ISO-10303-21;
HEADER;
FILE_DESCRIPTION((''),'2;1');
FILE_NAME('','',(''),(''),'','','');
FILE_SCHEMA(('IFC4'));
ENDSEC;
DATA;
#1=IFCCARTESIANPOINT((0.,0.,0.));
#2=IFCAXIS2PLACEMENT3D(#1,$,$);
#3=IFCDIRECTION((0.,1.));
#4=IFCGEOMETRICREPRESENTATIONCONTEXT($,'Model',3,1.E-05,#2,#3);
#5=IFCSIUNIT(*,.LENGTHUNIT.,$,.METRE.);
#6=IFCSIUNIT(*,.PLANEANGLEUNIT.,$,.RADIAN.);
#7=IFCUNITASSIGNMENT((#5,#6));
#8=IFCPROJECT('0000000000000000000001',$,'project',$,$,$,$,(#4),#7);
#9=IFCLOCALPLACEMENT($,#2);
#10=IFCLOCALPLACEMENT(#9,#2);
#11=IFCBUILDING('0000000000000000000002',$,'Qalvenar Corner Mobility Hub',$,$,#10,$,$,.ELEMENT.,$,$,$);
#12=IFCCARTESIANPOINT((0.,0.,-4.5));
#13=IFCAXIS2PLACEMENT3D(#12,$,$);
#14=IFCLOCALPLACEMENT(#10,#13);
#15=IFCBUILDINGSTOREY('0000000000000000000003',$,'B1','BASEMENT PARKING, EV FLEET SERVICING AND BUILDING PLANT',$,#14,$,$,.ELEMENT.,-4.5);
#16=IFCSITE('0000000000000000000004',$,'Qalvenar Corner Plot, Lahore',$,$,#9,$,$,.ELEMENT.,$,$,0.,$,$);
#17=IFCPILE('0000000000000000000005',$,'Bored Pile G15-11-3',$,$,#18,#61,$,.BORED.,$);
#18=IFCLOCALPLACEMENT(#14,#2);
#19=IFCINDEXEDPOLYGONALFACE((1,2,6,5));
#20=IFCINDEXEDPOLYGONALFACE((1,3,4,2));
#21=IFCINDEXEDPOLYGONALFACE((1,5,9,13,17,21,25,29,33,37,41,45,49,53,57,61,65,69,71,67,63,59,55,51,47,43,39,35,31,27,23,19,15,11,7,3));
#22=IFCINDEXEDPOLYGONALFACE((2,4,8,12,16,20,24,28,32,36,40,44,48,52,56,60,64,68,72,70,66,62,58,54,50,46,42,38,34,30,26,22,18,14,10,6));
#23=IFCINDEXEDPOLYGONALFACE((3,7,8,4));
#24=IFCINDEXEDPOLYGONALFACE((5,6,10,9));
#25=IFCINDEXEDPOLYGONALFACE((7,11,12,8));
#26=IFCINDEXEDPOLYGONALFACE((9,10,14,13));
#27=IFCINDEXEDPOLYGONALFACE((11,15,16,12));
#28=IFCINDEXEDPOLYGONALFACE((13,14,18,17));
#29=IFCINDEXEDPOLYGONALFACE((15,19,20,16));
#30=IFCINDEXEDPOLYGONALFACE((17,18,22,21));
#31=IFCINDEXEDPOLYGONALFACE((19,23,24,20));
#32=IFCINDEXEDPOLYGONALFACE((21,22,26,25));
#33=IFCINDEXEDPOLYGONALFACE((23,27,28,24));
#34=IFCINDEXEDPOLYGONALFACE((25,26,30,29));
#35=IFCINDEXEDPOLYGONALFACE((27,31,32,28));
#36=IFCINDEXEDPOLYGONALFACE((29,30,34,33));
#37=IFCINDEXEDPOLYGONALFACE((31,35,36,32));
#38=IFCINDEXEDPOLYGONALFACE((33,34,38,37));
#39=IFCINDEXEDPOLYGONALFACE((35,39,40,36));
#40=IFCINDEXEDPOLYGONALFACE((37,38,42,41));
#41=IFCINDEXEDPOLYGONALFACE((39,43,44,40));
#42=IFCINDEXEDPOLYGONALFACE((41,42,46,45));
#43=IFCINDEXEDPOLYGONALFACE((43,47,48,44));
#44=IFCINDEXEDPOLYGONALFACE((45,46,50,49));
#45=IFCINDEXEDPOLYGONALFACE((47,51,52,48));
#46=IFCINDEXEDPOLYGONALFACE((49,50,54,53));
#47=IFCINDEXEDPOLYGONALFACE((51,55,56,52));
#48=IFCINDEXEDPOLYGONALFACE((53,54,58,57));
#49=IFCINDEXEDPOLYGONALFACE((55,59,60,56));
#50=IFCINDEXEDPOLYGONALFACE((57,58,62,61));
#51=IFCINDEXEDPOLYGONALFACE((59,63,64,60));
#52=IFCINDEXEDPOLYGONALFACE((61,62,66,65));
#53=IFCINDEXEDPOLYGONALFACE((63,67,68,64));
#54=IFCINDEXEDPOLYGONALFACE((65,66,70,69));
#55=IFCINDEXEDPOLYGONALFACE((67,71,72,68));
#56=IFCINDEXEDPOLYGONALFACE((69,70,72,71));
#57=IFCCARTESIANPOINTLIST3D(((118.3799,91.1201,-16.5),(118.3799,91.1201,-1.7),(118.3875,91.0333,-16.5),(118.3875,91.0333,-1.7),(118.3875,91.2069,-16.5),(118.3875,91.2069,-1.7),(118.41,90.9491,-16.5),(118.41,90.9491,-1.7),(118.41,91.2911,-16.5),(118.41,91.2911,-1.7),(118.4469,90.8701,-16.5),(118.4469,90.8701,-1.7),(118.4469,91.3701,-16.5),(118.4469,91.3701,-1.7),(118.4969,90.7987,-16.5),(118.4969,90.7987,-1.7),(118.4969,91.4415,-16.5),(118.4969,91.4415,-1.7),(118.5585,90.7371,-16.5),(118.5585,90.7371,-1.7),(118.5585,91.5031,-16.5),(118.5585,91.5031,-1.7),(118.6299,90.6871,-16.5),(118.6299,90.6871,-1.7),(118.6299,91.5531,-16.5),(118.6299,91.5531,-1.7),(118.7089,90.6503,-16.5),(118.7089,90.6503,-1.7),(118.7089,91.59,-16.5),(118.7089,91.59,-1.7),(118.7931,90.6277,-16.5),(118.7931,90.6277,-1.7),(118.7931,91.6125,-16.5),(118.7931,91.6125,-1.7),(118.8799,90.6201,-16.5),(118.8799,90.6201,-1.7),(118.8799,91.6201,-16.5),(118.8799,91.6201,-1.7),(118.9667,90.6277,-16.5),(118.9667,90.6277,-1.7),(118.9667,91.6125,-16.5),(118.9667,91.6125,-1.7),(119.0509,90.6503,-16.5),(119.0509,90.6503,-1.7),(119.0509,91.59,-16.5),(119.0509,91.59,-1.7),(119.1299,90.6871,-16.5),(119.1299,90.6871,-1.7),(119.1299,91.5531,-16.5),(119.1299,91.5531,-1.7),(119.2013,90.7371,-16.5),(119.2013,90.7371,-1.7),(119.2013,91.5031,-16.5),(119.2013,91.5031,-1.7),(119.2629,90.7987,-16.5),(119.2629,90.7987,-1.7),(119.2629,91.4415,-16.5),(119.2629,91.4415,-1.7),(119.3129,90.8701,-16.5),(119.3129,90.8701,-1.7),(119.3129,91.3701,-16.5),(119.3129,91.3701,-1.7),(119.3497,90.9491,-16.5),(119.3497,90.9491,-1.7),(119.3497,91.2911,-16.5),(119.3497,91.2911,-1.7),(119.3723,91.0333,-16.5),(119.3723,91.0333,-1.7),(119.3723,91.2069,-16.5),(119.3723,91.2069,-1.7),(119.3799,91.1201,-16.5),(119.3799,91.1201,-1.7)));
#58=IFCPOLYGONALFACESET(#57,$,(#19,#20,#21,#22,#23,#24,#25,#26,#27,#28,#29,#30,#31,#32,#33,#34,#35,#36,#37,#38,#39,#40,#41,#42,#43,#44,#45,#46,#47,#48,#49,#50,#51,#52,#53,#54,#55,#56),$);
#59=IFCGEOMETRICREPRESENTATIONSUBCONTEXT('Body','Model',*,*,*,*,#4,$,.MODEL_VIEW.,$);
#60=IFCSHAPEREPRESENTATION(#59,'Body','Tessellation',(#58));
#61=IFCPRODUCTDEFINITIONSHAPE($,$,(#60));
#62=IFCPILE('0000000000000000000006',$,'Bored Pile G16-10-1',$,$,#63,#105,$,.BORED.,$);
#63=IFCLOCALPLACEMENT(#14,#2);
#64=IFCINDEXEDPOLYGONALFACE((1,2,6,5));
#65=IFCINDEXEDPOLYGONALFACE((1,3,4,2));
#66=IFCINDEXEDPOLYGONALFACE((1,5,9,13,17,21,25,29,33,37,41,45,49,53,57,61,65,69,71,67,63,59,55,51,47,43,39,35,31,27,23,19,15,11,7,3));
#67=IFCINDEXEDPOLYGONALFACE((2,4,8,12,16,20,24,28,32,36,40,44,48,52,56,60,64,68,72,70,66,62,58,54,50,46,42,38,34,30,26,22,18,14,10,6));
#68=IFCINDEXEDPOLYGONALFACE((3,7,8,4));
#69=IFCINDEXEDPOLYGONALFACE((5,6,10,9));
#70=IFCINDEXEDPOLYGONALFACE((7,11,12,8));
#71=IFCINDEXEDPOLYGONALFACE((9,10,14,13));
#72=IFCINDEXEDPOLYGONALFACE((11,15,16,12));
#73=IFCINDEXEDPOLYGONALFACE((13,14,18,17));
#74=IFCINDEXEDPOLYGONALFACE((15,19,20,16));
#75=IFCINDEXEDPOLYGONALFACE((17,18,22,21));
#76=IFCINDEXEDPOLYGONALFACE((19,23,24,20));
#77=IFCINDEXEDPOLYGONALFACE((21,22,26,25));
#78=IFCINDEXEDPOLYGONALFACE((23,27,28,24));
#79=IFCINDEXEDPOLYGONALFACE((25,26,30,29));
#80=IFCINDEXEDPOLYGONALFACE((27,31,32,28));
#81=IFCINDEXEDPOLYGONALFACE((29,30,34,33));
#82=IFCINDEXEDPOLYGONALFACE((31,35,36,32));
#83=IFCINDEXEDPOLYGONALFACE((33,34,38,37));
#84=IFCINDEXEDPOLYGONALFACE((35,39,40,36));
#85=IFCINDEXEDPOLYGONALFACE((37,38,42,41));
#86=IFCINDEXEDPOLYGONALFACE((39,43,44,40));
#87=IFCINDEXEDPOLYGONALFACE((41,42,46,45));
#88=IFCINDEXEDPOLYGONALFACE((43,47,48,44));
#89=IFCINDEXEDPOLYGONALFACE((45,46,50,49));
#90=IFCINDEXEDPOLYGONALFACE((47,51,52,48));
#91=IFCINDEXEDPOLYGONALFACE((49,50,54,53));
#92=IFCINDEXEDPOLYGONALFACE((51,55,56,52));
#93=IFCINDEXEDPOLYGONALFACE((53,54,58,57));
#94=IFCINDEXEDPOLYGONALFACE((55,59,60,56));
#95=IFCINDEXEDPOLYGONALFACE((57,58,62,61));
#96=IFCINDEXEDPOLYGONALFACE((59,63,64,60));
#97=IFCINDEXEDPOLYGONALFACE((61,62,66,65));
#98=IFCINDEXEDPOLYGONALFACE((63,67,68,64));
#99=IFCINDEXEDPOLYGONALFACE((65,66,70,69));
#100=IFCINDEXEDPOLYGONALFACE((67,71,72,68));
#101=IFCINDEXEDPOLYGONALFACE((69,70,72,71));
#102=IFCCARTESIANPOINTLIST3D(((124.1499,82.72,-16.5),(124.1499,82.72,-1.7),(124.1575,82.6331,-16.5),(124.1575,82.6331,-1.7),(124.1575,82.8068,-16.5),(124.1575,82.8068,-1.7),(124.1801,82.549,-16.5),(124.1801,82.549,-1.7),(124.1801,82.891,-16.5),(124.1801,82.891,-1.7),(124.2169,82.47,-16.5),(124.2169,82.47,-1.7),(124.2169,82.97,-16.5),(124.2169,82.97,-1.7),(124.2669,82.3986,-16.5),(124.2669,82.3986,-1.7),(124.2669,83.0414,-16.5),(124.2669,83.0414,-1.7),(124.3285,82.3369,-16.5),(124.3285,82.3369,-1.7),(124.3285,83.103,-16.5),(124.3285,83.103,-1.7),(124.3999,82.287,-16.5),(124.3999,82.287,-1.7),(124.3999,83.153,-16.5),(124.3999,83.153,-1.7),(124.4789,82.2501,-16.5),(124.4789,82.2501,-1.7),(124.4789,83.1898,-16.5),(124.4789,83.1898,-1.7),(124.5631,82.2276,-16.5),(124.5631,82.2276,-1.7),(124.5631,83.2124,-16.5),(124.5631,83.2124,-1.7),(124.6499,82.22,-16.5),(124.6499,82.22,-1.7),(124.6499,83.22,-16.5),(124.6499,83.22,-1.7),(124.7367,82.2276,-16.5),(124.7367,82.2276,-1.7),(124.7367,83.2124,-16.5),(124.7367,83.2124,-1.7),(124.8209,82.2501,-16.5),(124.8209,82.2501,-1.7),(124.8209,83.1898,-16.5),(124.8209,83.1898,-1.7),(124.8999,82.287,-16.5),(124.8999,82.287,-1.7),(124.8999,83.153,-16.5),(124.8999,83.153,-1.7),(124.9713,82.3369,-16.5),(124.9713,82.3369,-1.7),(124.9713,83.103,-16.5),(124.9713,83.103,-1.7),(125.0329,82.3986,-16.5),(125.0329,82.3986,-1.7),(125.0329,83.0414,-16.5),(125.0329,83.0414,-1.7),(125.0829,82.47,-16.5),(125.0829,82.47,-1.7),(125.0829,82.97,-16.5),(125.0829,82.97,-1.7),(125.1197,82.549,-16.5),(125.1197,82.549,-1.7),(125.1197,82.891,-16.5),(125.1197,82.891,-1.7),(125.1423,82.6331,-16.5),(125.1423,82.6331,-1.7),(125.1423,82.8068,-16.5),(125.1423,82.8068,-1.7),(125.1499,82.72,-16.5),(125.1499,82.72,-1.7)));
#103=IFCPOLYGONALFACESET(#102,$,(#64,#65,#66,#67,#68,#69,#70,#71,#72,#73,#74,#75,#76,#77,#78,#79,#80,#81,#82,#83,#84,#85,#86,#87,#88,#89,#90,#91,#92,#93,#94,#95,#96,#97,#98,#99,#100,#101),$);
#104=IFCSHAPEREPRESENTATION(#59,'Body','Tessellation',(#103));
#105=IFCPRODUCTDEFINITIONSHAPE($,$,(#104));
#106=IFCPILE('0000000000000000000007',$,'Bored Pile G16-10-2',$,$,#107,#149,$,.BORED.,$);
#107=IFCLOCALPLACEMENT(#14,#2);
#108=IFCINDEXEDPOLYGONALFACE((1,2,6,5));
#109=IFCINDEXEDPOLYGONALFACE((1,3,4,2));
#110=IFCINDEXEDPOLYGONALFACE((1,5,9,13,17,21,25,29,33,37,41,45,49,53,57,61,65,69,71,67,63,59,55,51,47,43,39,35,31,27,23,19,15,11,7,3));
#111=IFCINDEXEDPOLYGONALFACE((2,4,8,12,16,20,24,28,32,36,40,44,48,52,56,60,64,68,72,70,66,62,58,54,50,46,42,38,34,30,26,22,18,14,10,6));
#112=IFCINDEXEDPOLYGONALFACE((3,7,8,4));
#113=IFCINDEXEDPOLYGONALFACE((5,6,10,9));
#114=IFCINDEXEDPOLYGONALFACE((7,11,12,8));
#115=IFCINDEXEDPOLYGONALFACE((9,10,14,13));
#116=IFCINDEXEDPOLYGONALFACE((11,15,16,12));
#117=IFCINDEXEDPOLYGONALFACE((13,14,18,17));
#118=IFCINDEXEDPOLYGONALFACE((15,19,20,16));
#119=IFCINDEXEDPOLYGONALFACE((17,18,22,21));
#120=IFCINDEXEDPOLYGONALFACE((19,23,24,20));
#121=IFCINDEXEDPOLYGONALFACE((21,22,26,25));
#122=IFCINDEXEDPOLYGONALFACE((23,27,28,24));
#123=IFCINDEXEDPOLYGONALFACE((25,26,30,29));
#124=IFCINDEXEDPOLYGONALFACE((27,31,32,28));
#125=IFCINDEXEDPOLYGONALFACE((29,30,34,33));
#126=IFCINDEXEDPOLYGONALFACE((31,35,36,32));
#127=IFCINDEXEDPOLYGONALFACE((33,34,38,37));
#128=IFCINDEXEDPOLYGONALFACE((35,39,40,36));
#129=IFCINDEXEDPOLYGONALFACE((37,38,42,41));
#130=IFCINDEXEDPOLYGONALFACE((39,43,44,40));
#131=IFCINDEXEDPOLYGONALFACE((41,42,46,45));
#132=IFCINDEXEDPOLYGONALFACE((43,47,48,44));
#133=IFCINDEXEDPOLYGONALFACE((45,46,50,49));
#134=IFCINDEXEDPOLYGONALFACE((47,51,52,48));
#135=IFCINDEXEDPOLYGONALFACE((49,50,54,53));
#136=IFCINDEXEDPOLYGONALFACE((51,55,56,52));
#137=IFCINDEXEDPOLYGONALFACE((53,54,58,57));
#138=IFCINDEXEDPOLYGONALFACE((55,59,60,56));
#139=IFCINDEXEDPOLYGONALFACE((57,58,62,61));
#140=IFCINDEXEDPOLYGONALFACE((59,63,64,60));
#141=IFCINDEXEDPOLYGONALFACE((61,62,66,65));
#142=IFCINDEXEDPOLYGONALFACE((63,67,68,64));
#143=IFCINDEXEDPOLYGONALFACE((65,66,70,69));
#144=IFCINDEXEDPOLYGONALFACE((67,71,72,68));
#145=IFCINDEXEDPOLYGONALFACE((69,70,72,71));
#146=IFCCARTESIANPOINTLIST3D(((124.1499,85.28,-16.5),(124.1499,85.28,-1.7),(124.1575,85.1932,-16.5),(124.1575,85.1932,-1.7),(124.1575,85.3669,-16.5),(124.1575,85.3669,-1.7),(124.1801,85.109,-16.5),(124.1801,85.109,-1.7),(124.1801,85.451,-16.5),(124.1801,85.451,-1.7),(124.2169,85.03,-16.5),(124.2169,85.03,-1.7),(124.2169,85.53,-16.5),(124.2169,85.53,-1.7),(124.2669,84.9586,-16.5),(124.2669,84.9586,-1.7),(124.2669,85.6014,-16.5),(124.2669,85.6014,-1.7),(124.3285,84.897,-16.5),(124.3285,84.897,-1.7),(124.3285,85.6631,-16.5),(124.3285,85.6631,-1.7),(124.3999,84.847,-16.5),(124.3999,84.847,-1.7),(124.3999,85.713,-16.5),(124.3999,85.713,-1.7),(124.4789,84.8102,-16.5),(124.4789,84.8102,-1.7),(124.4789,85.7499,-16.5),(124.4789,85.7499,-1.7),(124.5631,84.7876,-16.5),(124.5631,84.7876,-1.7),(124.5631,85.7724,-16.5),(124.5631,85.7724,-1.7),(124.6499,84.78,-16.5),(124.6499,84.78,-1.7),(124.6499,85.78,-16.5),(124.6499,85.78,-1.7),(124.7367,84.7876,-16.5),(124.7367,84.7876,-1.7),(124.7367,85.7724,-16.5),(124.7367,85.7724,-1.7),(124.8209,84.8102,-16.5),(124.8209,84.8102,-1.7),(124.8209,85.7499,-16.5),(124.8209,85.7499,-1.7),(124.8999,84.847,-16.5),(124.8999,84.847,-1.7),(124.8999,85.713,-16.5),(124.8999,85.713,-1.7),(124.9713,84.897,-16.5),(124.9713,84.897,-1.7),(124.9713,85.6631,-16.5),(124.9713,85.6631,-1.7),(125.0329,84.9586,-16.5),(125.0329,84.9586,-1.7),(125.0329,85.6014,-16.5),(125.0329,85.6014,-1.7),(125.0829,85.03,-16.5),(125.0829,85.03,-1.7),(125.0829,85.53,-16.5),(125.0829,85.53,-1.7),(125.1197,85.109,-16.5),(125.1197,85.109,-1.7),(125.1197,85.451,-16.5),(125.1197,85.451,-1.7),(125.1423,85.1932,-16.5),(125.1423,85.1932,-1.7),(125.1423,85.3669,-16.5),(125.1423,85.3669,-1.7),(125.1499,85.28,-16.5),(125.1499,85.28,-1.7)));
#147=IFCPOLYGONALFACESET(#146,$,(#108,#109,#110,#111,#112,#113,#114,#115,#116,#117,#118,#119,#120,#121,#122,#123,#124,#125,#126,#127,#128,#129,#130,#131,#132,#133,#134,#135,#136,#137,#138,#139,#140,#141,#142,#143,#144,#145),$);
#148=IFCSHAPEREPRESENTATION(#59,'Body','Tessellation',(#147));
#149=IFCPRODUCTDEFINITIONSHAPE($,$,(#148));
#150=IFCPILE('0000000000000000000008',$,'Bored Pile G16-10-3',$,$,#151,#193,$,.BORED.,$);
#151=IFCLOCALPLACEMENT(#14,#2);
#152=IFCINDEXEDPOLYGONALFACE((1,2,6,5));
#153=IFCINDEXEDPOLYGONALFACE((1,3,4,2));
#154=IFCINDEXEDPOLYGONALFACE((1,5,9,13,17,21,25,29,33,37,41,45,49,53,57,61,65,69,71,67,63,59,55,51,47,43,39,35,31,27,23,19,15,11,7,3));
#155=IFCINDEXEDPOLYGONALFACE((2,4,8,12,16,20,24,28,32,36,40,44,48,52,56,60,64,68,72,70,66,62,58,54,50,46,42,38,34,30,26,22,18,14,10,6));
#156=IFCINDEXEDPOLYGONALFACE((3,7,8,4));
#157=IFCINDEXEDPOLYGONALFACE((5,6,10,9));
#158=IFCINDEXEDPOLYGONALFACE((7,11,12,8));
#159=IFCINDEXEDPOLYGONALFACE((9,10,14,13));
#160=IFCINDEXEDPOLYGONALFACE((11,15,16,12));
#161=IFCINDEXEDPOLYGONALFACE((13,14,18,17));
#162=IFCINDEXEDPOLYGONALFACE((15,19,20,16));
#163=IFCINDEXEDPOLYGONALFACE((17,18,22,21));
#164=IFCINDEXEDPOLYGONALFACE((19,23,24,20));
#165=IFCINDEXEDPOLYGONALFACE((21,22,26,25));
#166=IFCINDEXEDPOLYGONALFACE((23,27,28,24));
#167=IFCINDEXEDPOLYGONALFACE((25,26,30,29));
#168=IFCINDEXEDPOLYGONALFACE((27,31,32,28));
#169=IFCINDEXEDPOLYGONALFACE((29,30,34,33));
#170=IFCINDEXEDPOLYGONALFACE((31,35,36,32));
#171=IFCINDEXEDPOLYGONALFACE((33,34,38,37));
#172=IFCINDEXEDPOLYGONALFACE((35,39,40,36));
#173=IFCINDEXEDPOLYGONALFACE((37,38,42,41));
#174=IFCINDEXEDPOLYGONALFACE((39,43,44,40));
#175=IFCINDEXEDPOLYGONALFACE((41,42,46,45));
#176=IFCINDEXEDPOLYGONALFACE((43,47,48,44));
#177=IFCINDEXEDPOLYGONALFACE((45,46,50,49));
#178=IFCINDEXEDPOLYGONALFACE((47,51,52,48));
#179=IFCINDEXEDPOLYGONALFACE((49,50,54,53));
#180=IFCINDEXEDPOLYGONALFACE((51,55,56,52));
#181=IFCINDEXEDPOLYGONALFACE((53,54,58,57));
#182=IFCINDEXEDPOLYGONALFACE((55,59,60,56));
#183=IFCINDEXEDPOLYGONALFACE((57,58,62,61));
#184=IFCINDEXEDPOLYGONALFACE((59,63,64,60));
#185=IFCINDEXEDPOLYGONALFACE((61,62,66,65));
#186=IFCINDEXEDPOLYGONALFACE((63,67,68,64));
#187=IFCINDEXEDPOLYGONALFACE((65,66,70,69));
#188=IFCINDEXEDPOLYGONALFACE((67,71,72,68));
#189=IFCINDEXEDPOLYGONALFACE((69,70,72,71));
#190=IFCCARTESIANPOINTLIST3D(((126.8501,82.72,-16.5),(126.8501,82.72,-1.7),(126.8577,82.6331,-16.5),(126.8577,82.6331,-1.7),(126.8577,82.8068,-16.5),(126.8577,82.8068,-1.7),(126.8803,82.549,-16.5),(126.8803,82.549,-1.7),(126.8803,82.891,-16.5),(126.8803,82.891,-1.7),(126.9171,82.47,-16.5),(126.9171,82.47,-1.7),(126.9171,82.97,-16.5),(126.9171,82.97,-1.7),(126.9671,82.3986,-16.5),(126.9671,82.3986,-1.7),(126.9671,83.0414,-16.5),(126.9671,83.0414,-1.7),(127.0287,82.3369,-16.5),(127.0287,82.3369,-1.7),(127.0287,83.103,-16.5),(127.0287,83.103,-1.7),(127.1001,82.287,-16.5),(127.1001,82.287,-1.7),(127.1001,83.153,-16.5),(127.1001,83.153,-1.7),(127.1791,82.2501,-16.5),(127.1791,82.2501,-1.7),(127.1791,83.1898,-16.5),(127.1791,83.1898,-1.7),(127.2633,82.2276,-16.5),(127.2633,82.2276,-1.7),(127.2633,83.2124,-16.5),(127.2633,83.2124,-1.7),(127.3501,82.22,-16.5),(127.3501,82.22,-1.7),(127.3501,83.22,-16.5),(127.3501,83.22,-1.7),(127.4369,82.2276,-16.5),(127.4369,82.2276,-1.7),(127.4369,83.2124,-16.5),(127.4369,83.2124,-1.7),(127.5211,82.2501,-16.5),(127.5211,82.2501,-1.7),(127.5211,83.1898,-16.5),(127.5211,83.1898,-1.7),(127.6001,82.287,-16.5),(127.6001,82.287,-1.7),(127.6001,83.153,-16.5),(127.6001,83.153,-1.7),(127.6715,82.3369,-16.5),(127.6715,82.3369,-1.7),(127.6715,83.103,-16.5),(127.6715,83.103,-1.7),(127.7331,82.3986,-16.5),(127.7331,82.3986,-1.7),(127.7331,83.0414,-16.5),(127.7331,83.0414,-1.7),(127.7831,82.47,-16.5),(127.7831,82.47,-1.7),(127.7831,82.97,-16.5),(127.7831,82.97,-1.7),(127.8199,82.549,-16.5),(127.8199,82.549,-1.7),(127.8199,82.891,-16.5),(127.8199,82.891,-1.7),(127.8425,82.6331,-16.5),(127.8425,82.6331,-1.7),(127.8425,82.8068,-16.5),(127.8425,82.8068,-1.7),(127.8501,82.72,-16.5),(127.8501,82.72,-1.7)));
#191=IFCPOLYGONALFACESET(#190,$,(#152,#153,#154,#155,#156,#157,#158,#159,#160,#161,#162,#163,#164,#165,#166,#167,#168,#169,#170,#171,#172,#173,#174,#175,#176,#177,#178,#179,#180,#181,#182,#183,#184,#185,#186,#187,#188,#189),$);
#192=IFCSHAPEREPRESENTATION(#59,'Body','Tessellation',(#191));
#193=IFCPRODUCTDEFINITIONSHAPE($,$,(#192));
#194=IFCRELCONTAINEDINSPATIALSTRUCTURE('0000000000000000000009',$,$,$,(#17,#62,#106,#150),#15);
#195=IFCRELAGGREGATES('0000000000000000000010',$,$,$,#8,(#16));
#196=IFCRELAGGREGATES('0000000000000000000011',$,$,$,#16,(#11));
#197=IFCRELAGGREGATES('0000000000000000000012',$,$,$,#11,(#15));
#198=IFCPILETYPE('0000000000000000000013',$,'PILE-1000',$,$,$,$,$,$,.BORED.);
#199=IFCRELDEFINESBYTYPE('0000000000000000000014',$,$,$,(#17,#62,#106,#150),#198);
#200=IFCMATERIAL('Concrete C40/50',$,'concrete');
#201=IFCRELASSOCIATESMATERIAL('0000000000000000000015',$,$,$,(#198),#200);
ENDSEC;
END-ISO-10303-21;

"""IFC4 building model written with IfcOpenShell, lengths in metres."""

from ifc_helpers import new_model, si_unit, direction, frame, origin, origin_2d, place, context, subcontext, project, spatial, circle, extrude, material, material_profile, profile_set, type_object, element, save


model = new_model("IFC4")

# Units and contexts
model_context = context("Model", 3, precision=1e-05, world=origin(), true_north=direction((0.0, 1.0)))
body_context = subcontext(model_context, "Body", "Model", "MODEL_VIEW")
ifc_project = project(units=[si_unit("LENGTHUNIT", "METRE"), si_unit("PLANEANGLEUNIT", "RADIAN")], contexts=[model_context])

# Site, building, storey
site_placement = place(None, origin())
site = spatial("IfcSite", under=ifc_project, at=site_placement, Name="Qalvenar Corner Plot, Lahore", CompositionType="ELEMENT", RefElevation=0.0)
building_placement = place(site_placement, origin())
building = spatial("IfcBuilding", under=site, at=building_placement, Name="Qalvenar Corner Mobility Hub", CompositionType="ELEMENT")
storey_placement = place(building_placement, frame((0.0, 0.0, -4.5)))
storey = spatial("IfcBuildingStorey", under=building, at=storey_placement, Name="B1", Description="BASEMENT PARKING, EV FLEET SERVICING AND BUILDING PLANT", CompositionType="ELEMENT", Elevation=-4.5)

# Shared definitions
ifc_material_1 = material(Name="Concrete C40/50", Category="concrete")

# Piles
ifc_material_profile_1 = material_profile(ifc_material_1, circle(Radius=0.5, at=origin_2d()), Name="DIA1000")
ifc_profile_set_1 = profile_set([ifc_material_profile_1], Name="Concrete C40/50")
pile_type_1 = type_object("IfcPileType", Name="PILE-1000", PredefinedType="BORED", material=ifc_profile_set_1)
for number, where, z_axis, x_axis, name in (
    (1, (118.8799, 91.1201, -1.7), (0.0, 0.0, -1.0), (1.0, 0.0, 0.0), "Bored Pile G15-11-3"),
    (2, (124.6499, 82.72, -1.7), (0.0, 0.0, -1.0), (1.0, 0.0, 0.0), "Bored Pile G16-10-1"),
    (3, (124.6499, 85.28, -1.7), (0.0, 0.0, -1.0), (1.0, 0.0, 0.0), "Bored Pile G16-10-2"),
    (4, (127.3501, 82.72, -1.7), (0.0, 0.0, -1.0), (1.0, 0.0, 0.0), "Bored Pile G16-10-3"),
):
    element("IfcPile", number, at=place(storey_placement, frame(where, z_axis=z_axis, x_axis=x_axis)), inside=storey, type_object=pile_type_1, Name=name, PredefinedType="BORED", context=body_context, shape_type="SweptSolid", body=[
        extrude(circle(Radius=0.5, at=origin_2d()), origin(), (0.0, 0.0, 1.0), 14.8),
    ])

save(model, "model.ifc")
